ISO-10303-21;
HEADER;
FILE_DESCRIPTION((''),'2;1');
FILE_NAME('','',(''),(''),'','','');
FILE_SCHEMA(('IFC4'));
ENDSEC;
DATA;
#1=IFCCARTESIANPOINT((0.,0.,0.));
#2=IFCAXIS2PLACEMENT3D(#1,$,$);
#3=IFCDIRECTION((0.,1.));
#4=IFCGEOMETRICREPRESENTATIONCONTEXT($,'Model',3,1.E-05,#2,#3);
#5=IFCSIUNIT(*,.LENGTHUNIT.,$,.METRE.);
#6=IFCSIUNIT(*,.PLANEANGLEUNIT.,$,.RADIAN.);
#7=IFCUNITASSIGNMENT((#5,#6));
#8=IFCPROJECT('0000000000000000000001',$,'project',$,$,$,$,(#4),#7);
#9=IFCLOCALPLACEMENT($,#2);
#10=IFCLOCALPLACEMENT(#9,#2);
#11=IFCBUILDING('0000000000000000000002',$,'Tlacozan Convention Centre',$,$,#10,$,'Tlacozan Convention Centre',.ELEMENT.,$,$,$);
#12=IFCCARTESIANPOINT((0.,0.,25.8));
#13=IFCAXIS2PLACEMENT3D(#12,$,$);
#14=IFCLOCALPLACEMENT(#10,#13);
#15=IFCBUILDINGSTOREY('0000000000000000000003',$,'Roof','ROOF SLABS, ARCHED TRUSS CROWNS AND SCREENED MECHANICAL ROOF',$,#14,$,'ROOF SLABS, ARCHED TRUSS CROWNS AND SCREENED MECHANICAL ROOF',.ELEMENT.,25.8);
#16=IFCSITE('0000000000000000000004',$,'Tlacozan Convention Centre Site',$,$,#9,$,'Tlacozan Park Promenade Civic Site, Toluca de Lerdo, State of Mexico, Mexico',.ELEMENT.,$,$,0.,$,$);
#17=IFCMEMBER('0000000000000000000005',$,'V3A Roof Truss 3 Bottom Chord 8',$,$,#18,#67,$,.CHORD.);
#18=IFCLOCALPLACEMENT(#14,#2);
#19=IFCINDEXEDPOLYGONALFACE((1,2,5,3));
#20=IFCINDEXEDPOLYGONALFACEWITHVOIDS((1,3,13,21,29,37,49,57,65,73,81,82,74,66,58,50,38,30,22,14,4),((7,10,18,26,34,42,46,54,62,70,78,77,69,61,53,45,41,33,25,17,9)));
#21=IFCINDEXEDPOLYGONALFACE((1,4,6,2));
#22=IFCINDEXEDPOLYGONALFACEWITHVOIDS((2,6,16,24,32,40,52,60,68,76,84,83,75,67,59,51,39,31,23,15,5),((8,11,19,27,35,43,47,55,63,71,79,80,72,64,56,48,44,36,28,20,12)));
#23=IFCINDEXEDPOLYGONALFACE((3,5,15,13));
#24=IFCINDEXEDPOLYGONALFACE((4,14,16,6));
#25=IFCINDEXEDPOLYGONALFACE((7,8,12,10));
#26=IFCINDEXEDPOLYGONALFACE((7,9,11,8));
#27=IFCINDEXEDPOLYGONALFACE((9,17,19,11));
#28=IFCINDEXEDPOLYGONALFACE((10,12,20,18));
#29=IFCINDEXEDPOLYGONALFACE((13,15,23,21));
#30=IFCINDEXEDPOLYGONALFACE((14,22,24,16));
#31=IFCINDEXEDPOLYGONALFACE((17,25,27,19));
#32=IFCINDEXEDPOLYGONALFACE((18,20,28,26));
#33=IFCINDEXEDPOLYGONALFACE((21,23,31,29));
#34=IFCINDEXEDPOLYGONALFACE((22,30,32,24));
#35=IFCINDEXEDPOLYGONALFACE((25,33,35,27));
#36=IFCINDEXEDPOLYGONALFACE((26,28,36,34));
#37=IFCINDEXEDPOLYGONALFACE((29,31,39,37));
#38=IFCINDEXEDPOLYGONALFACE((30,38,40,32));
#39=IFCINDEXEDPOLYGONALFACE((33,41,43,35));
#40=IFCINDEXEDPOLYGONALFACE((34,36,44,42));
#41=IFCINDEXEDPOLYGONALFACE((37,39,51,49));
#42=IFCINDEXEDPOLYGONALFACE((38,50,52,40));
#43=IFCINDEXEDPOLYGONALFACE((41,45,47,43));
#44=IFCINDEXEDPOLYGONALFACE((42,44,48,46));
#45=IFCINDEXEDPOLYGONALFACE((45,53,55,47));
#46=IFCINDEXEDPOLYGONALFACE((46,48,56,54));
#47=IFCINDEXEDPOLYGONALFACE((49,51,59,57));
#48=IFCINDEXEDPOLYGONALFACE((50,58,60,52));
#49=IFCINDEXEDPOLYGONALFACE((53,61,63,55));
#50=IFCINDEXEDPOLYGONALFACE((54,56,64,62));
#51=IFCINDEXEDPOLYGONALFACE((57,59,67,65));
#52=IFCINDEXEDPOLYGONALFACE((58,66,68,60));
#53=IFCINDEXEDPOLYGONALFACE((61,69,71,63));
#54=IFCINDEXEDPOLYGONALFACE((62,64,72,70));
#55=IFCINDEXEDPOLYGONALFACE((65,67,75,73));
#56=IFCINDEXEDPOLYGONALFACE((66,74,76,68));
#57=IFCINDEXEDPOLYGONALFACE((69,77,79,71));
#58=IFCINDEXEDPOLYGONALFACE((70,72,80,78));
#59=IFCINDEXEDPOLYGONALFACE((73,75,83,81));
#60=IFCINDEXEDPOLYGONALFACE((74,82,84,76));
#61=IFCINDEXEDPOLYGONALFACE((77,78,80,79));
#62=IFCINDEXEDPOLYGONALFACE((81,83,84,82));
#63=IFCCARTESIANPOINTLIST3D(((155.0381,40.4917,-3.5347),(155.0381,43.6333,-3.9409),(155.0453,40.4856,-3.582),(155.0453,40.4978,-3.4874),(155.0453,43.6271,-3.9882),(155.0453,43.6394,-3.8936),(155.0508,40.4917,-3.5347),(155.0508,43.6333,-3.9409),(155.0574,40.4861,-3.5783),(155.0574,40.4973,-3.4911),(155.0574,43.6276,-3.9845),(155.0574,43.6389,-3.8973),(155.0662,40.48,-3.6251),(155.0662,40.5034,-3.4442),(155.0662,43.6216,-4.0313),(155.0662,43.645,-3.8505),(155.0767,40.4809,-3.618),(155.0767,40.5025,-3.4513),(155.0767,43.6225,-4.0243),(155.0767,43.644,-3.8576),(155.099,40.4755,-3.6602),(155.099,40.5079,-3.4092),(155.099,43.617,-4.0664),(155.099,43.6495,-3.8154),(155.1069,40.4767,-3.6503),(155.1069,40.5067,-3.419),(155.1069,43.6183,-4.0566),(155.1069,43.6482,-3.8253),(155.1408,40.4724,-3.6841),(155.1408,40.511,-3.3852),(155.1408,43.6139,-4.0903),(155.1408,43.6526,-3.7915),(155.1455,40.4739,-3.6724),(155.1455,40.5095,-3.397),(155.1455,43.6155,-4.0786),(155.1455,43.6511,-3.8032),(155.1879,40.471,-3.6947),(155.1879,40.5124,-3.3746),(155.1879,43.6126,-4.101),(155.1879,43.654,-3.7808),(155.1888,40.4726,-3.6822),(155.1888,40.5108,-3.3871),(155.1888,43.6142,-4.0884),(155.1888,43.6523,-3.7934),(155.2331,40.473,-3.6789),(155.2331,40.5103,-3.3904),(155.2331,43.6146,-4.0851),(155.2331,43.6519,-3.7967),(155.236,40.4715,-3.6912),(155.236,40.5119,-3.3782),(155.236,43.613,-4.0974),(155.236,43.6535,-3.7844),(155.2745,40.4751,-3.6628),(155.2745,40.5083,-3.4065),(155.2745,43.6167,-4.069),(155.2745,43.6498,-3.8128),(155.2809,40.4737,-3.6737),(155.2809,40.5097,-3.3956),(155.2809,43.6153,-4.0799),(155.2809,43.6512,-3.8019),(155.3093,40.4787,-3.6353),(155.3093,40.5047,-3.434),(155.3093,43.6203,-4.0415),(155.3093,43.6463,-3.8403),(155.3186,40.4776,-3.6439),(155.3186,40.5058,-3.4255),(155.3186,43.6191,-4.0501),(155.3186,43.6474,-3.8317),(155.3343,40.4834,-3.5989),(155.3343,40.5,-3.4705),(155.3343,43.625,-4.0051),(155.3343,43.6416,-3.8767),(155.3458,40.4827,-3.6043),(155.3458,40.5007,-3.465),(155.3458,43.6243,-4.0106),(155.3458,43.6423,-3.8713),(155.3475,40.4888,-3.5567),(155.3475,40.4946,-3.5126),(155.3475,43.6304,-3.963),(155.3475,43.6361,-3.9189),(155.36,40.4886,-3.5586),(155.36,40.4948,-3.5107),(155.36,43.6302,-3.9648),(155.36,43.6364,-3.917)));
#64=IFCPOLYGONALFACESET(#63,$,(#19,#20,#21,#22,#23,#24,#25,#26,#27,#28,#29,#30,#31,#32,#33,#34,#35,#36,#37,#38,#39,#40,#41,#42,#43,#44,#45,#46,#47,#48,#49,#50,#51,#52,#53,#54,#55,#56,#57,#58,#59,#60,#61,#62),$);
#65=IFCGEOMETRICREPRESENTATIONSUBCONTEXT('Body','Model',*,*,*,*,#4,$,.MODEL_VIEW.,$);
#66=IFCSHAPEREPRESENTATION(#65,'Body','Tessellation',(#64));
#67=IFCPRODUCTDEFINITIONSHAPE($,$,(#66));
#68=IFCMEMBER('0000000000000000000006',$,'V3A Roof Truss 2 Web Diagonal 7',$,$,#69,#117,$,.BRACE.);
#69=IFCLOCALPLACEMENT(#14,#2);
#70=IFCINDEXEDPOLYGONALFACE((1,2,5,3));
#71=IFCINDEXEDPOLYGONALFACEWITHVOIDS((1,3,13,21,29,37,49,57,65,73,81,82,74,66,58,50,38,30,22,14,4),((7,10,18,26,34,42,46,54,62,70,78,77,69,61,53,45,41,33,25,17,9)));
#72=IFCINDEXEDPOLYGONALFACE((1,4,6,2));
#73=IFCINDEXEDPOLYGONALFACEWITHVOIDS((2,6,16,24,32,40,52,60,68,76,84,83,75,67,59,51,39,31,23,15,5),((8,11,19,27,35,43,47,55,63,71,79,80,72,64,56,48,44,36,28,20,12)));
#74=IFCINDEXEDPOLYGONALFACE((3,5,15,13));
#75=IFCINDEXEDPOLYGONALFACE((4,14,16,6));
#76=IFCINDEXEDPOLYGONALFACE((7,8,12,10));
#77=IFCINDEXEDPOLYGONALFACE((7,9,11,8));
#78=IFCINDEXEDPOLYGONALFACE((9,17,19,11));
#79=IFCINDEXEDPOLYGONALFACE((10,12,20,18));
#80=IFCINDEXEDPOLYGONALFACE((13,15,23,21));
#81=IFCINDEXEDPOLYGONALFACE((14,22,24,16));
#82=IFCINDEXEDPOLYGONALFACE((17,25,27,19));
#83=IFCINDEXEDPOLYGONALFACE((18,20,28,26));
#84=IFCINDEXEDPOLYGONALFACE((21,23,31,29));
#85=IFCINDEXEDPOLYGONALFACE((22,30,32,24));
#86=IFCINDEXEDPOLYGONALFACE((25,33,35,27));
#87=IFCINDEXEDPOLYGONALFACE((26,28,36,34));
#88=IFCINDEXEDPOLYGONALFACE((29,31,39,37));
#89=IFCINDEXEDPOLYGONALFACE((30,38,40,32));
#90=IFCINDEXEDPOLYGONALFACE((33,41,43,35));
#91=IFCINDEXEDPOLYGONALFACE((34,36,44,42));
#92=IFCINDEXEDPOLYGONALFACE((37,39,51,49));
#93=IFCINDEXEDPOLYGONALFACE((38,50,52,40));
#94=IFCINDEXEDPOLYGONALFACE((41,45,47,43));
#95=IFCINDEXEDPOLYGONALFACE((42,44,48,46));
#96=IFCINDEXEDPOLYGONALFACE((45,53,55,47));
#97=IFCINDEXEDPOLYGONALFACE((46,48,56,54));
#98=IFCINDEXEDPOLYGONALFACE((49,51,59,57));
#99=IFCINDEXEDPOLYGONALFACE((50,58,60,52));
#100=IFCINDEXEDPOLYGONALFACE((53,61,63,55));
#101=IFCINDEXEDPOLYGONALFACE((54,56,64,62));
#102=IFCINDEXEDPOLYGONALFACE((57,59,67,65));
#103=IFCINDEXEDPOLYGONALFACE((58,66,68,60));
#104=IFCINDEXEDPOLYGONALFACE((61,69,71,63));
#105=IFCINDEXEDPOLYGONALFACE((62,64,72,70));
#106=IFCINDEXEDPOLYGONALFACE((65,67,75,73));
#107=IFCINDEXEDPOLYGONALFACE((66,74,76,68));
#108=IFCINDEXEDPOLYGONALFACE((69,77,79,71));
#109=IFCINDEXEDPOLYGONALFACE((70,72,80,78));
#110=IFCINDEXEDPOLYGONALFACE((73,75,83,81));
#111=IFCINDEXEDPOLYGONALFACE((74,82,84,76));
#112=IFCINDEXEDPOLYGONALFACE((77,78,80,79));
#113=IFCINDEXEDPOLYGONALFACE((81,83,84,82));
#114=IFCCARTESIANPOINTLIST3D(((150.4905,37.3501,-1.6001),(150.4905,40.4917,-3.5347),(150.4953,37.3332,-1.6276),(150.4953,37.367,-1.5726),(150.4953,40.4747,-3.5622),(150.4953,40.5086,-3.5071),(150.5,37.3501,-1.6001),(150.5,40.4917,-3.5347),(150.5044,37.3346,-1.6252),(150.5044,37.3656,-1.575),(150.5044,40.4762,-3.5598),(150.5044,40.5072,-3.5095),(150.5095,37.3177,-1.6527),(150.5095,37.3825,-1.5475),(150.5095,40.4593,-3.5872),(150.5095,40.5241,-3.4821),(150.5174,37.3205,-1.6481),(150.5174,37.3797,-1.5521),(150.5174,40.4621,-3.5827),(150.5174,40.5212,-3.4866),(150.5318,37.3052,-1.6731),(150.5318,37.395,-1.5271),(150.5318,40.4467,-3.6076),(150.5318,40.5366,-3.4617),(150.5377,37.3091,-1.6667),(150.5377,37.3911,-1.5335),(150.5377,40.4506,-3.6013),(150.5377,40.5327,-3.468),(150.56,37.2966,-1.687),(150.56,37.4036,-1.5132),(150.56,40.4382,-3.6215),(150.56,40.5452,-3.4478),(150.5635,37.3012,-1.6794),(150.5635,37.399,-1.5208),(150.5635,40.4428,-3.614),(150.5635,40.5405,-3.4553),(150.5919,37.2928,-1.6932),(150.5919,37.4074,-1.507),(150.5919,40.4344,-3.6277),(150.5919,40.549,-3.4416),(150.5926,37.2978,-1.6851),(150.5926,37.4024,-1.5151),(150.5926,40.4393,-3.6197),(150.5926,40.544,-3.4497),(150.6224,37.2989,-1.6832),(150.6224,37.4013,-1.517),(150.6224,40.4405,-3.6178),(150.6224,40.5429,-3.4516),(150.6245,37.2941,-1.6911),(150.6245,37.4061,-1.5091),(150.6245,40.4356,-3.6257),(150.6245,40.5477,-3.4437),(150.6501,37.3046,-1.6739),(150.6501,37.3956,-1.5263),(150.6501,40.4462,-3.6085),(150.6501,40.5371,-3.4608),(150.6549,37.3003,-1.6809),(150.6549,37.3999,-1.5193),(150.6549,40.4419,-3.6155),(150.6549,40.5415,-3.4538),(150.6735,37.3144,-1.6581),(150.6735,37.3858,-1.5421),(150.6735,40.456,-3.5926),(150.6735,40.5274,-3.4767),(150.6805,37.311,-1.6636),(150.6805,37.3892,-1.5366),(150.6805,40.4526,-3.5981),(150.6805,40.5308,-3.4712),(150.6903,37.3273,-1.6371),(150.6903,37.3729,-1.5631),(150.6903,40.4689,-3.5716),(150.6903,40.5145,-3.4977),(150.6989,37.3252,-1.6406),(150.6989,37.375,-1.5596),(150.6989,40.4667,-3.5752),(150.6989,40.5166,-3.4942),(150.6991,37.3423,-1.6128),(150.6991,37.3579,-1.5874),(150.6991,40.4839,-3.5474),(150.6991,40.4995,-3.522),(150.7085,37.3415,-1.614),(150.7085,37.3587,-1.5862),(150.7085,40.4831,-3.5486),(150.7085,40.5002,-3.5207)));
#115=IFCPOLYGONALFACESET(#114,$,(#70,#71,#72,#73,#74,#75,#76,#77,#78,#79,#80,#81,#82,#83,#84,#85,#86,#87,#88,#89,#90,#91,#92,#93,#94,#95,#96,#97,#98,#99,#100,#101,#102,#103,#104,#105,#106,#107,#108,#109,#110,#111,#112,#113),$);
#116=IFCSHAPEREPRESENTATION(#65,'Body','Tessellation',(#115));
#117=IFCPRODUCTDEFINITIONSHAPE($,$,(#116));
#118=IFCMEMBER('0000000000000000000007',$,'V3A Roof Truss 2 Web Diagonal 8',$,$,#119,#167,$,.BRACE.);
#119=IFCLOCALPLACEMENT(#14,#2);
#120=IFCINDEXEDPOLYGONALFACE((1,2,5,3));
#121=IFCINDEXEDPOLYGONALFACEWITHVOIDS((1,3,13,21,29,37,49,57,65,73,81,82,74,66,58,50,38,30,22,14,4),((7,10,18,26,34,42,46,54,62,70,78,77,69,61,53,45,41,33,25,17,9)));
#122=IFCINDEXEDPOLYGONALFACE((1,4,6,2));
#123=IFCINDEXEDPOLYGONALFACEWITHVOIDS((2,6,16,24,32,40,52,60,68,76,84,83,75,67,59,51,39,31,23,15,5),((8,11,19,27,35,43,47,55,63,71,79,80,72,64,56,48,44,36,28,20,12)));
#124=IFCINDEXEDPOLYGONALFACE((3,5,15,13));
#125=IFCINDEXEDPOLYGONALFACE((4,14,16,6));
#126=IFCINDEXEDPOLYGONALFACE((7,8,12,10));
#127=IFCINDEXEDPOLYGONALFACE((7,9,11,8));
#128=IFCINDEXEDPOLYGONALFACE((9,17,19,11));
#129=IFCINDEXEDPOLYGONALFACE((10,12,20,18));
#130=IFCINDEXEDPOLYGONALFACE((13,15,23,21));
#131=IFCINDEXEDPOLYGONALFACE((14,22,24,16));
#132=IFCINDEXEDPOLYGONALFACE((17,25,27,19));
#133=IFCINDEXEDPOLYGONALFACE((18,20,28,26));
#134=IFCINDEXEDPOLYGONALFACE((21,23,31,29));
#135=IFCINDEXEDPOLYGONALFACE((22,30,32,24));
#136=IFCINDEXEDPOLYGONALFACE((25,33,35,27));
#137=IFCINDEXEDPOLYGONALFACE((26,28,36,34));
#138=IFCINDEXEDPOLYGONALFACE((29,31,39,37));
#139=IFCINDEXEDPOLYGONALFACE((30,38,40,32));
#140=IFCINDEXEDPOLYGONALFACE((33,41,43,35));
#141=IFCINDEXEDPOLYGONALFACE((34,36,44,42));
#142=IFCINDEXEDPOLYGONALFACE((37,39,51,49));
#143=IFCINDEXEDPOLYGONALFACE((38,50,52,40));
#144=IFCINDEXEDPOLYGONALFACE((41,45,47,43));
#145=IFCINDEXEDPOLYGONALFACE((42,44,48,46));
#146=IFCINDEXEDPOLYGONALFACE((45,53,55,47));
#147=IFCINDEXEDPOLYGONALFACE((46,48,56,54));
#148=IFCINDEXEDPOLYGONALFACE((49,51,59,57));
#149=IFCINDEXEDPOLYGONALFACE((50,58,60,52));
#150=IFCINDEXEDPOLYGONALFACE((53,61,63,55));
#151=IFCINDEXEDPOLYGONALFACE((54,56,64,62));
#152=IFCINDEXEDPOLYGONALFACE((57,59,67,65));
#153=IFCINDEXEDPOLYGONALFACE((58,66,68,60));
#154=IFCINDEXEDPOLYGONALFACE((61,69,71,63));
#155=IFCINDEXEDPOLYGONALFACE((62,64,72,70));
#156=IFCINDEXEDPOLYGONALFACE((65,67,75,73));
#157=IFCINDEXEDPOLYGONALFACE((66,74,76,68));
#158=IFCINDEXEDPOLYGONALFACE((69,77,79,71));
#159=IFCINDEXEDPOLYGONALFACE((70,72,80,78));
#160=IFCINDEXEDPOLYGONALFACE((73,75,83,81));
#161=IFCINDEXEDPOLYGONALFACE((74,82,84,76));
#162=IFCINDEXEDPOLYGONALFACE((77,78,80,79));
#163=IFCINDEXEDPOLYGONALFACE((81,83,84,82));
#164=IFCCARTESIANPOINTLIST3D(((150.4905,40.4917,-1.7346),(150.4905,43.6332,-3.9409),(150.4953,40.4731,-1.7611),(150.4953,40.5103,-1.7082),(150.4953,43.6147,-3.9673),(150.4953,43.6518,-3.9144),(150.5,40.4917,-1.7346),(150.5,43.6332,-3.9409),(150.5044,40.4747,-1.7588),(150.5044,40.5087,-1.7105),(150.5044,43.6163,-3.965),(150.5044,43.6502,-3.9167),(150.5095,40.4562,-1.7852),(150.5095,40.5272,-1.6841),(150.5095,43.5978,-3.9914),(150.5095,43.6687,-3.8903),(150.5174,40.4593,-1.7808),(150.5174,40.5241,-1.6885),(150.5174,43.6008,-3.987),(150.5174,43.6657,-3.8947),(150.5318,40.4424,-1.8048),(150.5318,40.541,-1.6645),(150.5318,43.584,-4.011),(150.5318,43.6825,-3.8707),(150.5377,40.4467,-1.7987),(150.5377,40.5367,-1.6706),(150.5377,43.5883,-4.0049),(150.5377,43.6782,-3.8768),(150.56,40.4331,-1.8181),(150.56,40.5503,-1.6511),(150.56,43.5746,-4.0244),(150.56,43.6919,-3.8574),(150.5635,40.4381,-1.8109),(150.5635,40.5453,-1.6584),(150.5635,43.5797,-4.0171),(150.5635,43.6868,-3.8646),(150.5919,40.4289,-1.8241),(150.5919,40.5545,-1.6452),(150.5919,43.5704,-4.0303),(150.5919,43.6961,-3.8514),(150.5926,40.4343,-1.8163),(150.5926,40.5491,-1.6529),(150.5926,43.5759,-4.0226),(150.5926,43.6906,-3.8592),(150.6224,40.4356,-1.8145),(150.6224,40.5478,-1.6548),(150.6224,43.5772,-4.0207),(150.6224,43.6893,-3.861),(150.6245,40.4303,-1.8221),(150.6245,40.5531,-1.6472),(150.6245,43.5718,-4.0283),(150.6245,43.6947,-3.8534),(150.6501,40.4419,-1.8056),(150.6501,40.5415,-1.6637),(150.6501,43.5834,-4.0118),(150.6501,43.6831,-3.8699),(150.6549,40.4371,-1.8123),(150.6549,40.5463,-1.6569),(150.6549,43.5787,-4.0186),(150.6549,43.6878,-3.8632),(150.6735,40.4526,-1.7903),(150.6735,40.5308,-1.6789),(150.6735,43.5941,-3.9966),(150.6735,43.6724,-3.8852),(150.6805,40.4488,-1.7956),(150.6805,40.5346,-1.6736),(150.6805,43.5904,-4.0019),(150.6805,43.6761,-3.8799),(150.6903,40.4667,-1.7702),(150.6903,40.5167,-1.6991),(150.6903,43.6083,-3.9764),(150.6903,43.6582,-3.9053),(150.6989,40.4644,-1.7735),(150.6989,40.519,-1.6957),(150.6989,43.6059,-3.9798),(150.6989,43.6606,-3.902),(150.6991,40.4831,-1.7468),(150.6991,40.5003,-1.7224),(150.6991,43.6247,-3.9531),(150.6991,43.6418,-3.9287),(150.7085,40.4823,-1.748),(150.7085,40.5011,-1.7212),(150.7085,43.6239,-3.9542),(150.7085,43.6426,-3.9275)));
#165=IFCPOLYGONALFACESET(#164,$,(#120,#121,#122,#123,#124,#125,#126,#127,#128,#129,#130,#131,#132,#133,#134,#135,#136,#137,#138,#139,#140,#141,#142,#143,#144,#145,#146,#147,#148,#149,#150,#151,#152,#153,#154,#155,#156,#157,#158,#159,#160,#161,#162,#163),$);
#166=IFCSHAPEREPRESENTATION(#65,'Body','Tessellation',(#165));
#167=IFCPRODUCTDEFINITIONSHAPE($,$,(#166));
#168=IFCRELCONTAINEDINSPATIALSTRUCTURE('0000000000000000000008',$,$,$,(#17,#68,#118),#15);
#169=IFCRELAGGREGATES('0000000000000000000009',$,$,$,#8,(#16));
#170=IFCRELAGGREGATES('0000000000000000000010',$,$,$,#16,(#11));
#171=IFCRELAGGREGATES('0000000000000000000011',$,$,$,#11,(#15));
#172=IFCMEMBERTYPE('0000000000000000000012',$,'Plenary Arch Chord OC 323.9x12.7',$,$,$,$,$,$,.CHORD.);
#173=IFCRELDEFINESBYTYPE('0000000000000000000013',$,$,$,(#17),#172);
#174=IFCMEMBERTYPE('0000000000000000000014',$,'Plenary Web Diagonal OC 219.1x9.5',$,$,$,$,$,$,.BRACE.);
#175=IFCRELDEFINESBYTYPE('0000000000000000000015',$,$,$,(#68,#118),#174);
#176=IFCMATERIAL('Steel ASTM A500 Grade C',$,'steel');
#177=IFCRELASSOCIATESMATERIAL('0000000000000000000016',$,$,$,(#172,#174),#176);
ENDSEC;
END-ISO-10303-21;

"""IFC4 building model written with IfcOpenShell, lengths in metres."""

from ifc_helpers import new_model, si_unit, direction, frame, origin, origin_2d, place, context, subcontext, project, spatial, hollow_circle, extrude, material, material_profile, profile_set, type_object, element, save


model = new_model("IFC4")

# Units and contexts
model_context = context("Model", 3, precision=1e-05, world=origin(), true_north=direction((0.0, 1.0)))
body_context = subcontext(model_context, "Body", "Model", "MODEL_VIEW")
ifc_project = project(units=[si_unit("LENGTHUNIT", "METRE"), si_unit("PLANEANGLEUNIT", "RADIAN")], contexts=[model_context])

# Site, building, storey
site_placement = place(None, origin())
site = spatial("IfcSite", under=ifc_project, at=site_placement, Name="Tlacozan Convention Centre Site", LongName="Tlacozan Park Promenade Civic Site, Toluca de Lerdo, State of Mexico, Mexico", CompositionType="ELEMENT", RefElevation=0.0)
building_placement = place(site_placement, origin())
building = spatial("IfcBuilding", under=site, at=building_placement, Name="Tlacozan Convention Centre", LongName="Tlacozan Convention Centre", CompositionType="ELEMENT")
storey_placement = place(building_placement, frame((0.0, 0.0, 25.8)))
storey = spatial("IfcBuildingStorey", under=building, at=storey_placement, Name="Roof", Description="ROOF SLABS, ARCHED TRUSS CROWNS AND SCREENED MECHANICAL ROOF", LongName="ROOF SLABS, ARCHED TRUSS CROWNS AND SCREENED MECHANICAL ROOF", CompositionType="ELEMENT", Elevation=25.8)

# Members
ifc_material_1 = material(Name="Steel ASTM A500 Grade C", Category="steel")
ifc_material_profile_1 = material_profile(ifc_material_1, hollow_circle(Radius=0.1619, WallThickness=0.0127, at=origin_2d()), Name="OC 323.9x12.7")
ifc_profile_set_1 = profile_set([ifc_material_profile_1], Name="Steel ASTM A500 Grade C")
member_type_1 = type_object("IfcMemberType", Name="Plenary Arch Chord OC 323.9x12.7", PredefinedType="CHORD", material=ifc_profile_set_1)
for number, where, z_axis, x_axis, name in (
    (1, (155.2, 40.4917, -3.5347), (0.0, 0.991742, -0.128245), (-1.0, 0.0, 0.0), "V3A Roof Truss 3 Bottom Chord 8"),
):
    element("IfcMember", number, at=place(storey_placement, frame(where, z_axis=z_axis, x_axis=x_axis)), inside=storey, type_object=member_type_1, Name=name, PredefinedType="CHORD", context=body_context, shape_type="SweptSolid", body=[
        extrude(hollow_circle(Radius=0.1619, WallThickness=0.0127, at=origin_2d()), origin(), (0.0, 0.0, 1.0), 3.1677),
    ])
ifc_material_profile_2 = material_profile(ifc_material_1, hollow_circle(Radius=0.1096, WallThickness=0.0095, at=origin_2d()), Name="OC 219.1x9.5")
ifc_profile_set_2 = profile_set([ifc_material_profile_2], Name="Steel ASTM A500 Grade C")
member_type_2 = type_object("IfcMemberType", Name="Plenary Web Diagonal OC 219.1x9.5", PredefinedType="BRACE", material=ifc_profile_set_2)
member_1_placement = place(storey_placement, frame((150.6001, 37.3501, -1.6001), z_axis=(0.0, 0.851504, -0.524348), x_axis=(-1.0, 0.0, 0.0)))
element("IfcMember", 2, at=member_1_placement, inside=storey, type_object=member_type_2, Name="V3A Roof Truss 2 Web Diagonal 7", PredefinedType="BRACE", context=body_context, shape_type="SweptSolid", body=[
    extrude(hollow_circle(Radius=0.1096, WallThickness=0.0095, at=origin_2d()), origin(), (0.0, 0.0, 1.0), 3.6895),
])
member_2_placement = place(storey_placement, frame((150.6001, 40.4917, -1.7346), z_axis=(0.0, 0.818353, -0.574717), x_axis=(-1.0, 0.0, 0.0)))
element("IfcMember", 3, at=member_2_placement, inside=storey, type_object=member_type_2, Name="V3A Roof Truss 2 Web Diagonal 8", PredefinedType="BRACE", context=body_context, shape_type="SweptSolid", body=[
    extrude(hollow_circle(Radius=0.1096, WallThickness=0.0095, at=origin_2d()), origin(), (0.0, 0.0, 1.0), 3.8389),
])

save(model, "model.ifc")
